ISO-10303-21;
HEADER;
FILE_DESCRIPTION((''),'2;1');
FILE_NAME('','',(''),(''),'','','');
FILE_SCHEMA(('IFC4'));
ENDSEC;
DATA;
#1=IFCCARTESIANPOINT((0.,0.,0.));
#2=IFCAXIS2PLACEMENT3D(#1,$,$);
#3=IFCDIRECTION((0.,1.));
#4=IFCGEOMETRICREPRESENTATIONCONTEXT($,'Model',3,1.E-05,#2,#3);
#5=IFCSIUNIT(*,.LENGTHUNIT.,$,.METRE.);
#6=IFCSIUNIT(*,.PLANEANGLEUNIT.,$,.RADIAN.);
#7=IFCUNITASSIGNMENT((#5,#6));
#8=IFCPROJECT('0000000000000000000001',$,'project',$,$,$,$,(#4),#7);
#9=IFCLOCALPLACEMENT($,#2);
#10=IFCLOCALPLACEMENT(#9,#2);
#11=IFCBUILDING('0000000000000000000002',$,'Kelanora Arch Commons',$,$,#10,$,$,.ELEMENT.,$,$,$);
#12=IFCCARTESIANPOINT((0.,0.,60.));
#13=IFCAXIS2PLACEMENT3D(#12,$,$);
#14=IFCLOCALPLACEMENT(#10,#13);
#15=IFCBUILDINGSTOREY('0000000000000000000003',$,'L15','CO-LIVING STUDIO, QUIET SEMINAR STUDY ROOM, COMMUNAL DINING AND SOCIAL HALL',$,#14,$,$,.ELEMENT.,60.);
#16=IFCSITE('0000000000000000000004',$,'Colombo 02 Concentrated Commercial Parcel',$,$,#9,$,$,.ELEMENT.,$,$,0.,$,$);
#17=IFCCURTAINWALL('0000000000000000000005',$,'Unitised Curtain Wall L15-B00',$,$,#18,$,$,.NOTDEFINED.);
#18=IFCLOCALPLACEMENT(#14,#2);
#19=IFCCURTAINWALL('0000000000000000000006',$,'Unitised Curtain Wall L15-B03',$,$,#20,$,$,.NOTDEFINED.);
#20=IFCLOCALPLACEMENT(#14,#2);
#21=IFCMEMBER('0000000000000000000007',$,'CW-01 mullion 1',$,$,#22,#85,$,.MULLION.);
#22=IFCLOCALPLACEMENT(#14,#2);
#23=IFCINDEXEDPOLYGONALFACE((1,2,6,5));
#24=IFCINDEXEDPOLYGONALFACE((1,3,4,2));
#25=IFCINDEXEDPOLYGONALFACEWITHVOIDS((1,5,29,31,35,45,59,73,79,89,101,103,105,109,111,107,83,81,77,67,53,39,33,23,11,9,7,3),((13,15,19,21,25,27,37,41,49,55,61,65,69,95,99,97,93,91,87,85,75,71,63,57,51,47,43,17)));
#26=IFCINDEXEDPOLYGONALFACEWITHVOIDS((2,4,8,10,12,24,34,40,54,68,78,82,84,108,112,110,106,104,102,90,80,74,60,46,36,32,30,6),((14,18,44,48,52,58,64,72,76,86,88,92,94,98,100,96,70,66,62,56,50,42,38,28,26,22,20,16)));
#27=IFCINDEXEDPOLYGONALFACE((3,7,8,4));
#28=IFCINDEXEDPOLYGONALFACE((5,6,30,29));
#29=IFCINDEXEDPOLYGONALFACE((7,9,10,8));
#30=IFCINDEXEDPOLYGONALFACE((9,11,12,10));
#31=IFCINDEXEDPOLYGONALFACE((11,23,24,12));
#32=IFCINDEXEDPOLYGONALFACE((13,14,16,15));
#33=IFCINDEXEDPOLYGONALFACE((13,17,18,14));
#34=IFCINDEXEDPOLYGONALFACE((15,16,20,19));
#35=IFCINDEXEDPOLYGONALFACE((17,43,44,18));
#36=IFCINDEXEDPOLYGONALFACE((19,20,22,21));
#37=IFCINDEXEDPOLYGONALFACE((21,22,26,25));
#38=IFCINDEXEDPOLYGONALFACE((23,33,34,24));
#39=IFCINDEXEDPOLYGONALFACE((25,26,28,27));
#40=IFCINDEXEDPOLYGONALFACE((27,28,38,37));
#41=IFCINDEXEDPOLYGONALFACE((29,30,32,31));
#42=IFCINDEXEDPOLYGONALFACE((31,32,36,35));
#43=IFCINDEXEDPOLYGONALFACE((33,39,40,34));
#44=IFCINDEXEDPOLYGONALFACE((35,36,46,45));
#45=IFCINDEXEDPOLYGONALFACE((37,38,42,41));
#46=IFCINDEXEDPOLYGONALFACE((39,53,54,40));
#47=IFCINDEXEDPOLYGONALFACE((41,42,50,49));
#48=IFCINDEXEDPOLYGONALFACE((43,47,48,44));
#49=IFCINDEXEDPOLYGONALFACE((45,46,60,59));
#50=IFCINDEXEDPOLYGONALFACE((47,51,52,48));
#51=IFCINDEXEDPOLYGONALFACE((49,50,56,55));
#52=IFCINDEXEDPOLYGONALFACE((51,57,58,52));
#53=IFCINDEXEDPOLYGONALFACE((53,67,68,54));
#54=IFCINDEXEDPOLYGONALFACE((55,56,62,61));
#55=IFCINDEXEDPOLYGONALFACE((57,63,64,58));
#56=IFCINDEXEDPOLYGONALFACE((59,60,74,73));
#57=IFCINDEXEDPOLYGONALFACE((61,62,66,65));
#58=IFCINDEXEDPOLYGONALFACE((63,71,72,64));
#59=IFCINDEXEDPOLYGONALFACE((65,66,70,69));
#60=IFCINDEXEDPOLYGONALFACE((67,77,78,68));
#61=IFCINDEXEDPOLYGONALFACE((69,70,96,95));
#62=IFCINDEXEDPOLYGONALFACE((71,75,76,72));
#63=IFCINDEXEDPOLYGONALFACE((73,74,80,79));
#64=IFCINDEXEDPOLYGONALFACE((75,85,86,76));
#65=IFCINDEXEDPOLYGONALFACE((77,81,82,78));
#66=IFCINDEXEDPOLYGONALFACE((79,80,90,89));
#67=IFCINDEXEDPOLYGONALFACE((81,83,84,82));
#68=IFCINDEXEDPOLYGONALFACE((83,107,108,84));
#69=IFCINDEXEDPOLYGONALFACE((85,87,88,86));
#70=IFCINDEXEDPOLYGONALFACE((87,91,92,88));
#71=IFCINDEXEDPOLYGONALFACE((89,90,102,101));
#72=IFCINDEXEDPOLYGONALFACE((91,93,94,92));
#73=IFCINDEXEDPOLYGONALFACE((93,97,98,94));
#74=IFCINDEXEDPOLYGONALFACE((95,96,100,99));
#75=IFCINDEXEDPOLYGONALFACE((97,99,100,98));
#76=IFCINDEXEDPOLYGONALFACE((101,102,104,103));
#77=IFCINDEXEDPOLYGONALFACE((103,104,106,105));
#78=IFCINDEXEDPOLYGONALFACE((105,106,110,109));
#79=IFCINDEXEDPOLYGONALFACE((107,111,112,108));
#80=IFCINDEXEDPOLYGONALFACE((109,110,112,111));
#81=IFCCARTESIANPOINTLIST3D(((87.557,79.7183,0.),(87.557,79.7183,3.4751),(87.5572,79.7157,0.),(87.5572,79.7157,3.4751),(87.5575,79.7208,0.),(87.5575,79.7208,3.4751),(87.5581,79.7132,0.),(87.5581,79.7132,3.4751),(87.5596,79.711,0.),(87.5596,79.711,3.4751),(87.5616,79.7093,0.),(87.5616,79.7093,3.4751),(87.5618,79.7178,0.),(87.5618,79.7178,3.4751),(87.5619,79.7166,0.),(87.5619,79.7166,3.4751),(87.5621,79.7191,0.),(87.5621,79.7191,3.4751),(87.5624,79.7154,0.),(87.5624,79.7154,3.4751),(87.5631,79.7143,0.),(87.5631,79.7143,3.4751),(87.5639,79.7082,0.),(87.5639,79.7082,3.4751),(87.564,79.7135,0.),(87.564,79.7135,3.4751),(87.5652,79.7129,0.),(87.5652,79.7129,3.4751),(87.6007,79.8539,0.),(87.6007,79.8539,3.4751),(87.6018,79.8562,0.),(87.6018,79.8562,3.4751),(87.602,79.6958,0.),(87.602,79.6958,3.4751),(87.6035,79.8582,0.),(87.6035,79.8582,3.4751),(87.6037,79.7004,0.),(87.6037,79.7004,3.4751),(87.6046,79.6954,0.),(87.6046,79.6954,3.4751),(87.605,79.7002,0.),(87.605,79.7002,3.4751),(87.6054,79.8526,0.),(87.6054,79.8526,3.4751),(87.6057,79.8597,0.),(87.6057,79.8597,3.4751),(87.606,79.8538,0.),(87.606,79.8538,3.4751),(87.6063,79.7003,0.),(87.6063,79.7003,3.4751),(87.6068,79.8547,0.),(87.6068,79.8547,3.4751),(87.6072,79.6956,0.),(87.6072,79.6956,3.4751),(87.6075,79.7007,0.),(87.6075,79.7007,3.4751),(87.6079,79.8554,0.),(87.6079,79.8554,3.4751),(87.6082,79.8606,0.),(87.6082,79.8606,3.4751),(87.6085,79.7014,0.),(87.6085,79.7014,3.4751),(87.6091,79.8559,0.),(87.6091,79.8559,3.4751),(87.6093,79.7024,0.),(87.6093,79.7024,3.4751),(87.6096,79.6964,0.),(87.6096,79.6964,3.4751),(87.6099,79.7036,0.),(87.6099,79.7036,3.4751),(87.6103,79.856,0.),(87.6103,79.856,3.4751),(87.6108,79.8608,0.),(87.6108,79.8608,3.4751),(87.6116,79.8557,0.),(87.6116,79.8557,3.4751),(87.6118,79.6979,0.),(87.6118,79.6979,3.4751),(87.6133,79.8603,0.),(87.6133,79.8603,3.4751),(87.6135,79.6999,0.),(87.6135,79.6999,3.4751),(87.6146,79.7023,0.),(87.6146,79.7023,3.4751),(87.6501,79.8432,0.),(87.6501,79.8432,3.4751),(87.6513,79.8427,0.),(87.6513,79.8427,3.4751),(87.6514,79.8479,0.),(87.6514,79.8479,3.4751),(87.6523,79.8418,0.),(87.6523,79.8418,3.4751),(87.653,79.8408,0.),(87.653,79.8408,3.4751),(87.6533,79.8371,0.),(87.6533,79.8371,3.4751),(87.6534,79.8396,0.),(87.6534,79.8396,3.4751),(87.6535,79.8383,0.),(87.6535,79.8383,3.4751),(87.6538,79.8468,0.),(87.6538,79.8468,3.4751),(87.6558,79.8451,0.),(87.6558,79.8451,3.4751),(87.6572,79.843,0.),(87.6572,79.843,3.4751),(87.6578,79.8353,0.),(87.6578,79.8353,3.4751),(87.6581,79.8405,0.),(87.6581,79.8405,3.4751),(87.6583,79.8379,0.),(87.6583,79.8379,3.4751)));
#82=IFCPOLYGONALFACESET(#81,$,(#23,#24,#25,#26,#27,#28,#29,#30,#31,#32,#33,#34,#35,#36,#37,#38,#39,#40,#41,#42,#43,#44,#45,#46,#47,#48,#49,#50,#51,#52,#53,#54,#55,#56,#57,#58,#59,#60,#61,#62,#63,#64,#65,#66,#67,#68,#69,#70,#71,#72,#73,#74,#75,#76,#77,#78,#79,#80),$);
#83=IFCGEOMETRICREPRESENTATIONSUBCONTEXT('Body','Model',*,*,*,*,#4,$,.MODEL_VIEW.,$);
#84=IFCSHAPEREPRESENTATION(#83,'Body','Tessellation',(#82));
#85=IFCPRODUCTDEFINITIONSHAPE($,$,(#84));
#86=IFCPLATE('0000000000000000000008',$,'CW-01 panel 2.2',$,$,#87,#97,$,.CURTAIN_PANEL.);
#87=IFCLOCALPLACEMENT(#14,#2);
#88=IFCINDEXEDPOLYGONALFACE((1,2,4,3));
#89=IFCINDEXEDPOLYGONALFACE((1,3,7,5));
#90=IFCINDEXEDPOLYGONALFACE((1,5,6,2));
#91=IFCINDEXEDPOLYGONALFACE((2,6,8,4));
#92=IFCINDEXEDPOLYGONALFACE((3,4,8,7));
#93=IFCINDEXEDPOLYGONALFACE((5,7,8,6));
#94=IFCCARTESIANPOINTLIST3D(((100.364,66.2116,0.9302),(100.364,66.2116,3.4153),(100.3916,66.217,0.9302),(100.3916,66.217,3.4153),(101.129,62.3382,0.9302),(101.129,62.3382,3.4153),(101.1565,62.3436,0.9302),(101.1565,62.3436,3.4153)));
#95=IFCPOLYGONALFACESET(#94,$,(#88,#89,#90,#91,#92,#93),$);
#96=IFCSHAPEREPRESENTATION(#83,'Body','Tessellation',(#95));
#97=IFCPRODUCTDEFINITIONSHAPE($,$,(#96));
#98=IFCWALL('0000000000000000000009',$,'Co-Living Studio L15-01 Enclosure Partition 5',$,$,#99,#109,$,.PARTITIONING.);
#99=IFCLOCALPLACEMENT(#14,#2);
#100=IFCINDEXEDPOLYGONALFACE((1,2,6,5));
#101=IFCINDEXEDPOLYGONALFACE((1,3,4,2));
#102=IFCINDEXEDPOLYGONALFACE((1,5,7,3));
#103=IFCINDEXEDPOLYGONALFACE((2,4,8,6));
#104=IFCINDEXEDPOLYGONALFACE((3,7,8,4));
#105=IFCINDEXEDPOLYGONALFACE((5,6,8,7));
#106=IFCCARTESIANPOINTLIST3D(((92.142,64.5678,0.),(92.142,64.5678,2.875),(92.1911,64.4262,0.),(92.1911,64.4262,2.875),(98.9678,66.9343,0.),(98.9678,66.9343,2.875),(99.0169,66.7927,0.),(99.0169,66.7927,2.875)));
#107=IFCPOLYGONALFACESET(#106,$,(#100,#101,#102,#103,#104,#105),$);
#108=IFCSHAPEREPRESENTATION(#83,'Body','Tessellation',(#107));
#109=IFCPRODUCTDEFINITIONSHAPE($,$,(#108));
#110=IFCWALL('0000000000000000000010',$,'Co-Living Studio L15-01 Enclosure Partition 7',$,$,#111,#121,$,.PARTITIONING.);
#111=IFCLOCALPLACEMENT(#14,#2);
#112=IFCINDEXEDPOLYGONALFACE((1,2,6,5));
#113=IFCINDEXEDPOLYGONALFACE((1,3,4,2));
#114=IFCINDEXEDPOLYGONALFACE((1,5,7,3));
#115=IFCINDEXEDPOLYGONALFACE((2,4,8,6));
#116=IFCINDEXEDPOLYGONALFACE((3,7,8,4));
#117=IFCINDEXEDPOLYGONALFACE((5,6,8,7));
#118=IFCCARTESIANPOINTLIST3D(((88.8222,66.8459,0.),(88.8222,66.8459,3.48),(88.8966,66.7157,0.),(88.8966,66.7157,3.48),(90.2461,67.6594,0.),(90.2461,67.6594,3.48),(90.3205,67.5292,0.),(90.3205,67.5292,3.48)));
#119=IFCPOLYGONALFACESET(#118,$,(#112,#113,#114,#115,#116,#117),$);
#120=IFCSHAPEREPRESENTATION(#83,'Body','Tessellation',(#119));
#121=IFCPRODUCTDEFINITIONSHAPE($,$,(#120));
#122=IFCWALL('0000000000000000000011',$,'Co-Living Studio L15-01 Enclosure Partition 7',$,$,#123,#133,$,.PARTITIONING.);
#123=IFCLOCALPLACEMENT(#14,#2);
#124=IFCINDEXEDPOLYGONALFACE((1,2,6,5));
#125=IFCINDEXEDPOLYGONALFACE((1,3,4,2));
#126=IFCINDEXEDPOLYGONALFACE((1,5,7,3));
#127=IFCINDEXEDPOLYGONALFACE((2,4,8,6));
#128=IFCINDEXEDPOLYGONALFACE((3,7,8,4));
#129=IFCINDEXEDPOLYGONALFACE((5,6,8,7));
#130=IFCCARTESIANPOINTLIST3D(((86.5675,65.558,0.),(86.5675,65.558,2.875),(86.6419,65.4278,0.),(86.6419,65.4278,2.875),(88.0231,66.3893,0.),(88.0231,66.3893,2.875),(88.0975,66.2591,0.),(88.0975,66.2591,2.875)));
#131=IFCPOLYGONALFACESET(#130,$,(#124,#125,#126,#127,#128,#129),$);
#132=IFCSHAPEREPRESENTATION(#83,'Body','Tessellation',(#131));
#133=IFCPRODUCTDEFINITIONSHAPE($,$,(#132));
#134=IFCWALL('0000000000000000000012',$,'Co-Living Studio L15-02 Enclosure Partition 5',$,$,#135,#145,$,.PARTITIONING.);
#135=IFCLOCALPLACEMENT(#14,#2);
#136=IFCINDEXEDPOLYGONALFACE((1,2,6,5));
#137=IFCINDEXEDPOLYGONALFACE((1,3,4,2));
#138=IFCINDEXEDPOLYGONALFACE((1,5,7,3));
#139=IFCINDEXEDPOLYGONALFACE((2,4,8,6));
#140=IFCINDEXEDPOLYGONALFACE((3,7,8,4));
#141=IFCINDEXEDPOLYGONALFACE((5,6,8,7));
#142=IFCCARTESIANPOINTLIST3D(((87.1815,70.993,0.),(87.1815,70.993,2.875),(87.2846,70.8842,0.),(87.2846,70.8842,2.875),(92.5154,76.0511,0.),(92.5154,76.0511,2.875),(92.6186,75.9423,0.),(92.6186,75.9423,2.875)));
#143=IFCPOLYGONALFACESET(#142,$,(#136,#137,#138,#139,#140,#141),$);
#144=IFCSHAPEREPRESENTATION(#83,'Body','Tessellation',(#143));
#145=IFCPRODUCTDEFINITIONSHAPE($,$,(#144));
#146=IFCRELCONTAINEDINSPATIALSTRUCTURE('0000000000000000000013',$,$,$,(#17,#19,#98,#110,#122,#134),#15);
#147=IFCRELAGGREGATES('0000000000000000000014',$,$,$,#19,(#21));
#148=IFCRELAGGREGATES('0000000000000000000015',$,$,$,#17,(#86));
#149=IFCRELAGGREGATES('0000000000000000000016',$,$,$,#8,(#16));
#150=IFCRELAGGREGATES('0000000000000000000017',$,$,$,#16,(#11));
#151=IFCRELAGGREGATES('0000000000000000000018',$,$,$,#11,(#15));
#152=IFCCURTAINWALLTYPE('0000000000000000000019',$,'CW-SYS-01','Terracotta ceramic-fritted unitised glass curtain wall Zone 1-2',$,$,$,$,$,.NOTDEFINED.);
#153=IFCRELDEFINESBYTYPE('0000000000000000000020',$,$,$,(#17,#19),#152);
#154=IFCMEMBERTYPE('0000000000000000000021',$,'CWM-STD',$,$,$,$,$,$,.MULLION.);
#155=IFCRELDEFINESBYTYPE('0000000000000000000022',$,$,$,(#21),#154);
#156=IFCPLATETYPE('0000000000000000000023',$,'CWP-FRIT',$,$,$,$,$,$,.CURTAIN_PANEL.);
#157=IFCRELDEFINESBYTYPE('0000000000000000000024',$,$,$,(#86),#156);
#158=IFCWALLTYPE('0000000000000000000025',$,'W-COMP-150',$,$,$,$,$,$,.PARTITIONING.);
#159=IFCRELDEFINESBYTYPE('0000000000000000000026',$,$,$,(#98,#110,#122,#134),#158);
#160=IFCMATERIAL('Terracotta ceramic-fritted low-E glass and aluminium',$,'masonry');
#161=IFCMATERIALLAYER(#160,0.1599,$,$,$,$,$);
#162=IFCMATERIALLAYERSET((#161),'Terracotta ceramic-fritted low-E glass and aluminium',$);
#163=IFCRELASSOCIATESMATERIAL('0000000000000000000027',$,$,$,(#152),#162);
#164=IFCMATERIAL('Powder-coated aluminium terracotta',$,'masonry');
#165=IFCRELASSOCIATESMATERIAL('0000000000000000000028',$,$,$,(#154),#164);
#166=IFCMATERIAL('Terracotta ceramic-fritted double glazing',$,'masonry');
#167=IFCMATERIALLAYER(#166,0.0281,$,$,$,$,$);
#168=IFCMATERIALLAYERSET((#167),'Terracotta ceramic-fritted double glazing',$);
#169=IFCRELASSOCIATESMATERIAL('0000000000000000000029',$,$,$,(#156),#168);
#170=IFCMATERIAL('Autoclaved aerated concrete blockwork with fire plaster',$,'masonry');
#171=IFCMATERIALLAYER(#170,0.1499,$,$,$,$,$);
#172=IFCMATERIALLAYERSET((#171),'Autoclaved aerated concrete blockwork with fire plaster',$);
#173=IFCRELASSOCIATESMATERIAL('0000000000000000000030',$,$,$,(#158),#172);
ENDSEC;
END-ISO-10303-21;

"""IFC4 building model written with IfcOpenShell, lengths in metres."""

from ifc_helpers import new_model, si_unit, direction, frame, frame_2d, origin, origin_2d, place, context, subcontext, project, spatial, rectangle, hollow_rectangle, extrude, source, transform, mapped, material, layer, layer_set, material_profile, profile_set, type_object, element, aggregate, save


model = new_model("IFC4")

# Units and contexts
model_context = context("Model", 3, precision=1e-05, world=origin(), true_north=direction((0.0, 1.0)))
body_context = subcontext(model_context, "Body", "Model", "MODEL_VIEW")
ifc_project = project(units=[si_unit("LENGTHUNIT", "METRE"), si_unit("PLANEANGLEUNIT", "RADIAN")], contexts=[model_context])

# Site, building, storey
site_placement = place(None, origin())
site = spatial("IfcSite", under=ifc_project, at=site_placement, Name="Colombo 02 Concentrated Commercial Parcel", CompositionType="ELEMENT", RefElevation=0.0)
building_placement = place(site_placement, origin())
building = spatial("IfcBuilding", under=site, at=building_placement, Name="Kelanora Arch Commons", CompositionType="ELEMENT")
storey_placement = place(building_placement, frame((0.0, 0.0, 60.0)))
storey = spatial("IfcBuildingStorey", under=building, at=storey_placement, Name="L15", Description="CO-LIVING STUDIO, QUIET SEMINAR STUDY ROOM, COMMUNAL DINING AND SOCIAL HALL", CompositionType="ELEMENT", Elevation=60.0)

# Curtain walls, member
ifc_material_1 = material(Name="Terracotta ceramic-fritted low-E glass and aluminium", Category="masonry")
ifc_layer_1 = layer(ifc_material_1, 0.1599)
ifc_layer_set_1 = layer_set([ifc_layer_1], Name="Terracotta ceramic-fritted low-E glass and aluminium")
curtain_wall_type = type_object("IfcCurtainWallType", Name="CW-SYS-01", Description="Terracotta ceramic-fritted unitised glass curtain wall Zone 1-2", PredefinedType="NOTDEFINED", material=ifc_layer_set_1)
curtain_wall_1_placement = place(storey_placement, origin())
curtain_wall_1 = element("IfcCurtainWall", 1, at=curtain_wall_1_placement, inside=storey, type_object=curtain_wall_type, Name="Unitised Curtain Wall L15-B00", PredefinedType="NOTDEFINED")
ifc_material_2 = material(Name="Powder-coated aluminium terracotta", Category="masonry")
ifc_material_profile_1 = material_profile(ifc_material_2, hollow_rectangle(XDim=0.1599, YDim=0.0601, WallThickness=0.0049, InnerFilletRadius=0.0049, OuterFilletRadius=0.01, at=origin_2d()), Name="CWM160x60")
ifc_profile_set_1 = profile_set([ifc_material_profile_1], Name="Powder-coated aluminium terracotta")
member_type = type_object("IfcMemberType", Name="CWM-STD", PredefinedType="MULLION", material=ifc_profile_set_1)
curtain_wall_2_placement = place(storey_placement, origin())
curtain_wall_2 = element("IfcCurtainWall", 2, at=curtain_wall_2_placement, inside=storey, type_object=curtain_wall_type, Name="Unitised Curtain Wall L15-B03", PredefinedType="NOTDEFINED")
member_1_placement = place(storey_placement, frame((87.6077, 79.7781, 0.0), z_axis=(0.0, 0.0, 1.0), x_axis=(-0.309058, -0.951043, 0.0)))
member_1 = element("IfcMember", 3, at=member_1_placement, type_object=member_type, Name="CW-01 mullion 1", PredefinedType="MULLION", context=body_context, shape_type="SweptSolid", body=[
    extrude(hollow_rectangle(XDim=0.1599, YDim=0.0601, WallThickness=0.0049, InnerFilletRadius=0.0049, OuterFilletRadius=0.01, at=origin_2d()), origin(), (0.0, 0.0, 1.0), 3.4751),
])
aggregate(curtain_wall_2, [member_1])

# Plate
ifc_material_3 = material(Name="Terracotta ceramic-fritted double glazing", Category="masonry")
ifc_layer_2 = layer(ifc_material_3, 0.0281)
ifc_layer_set_2 = layer_set([ifc_layer_2], Name="Terracotta ceramic-fritted double glazing")
plate_type = type_object("IfcPlateType", Name="CWP-FRIT", PredefinedType="CURTAIN_PANEL", material=ifc_layer_set_2)
shared_shape_1 = source(origin(), body_context, "Body", "SweptSolid", [
    extrude(rectangle(XDim=3.9482, YDim=0.0281, at=origin_2d()), origin(), (0.0, 0.0, 1.0), 2.4851),
])
plate_placement = place(storey_placement, frame((100.7603, 64.2776, 0.9302), z_axis=(0.0, 0.0, 1.0), x_axis=(-0.193744, 0.981052, 0.0)))
plate = element("IfcPlate", 4, at=plate_placement, type_object=plate_type, Name="CW-01 panel 2.2", PredefinedType="CURTAIN_PANEL", context=body_context, shape_type="MappedRepresentation", body=[
    mapped(shared_shape_1, transform((0.0, 0.0, 0.0), scale=1.0)),
])
aggregate(curtain_wall_1, [plate])

# Walls
ifc_material_4 = material(Name="Autoclaved aerated concrete blockwork with fire plaster", Category="masonry")
ifc_layer_3 = layer(ifc_material_4, 0.1499)
ifc_layer_set_3 = layer_set([ifc_layer_3], Name="Autoclaved aerated concrete blockwork with fire plaster")
wall_type_1 = type_object("IfcWallType", Name="W-COMP-150", PredefinedType="PARTITIONING", material=ifc_layer_set_3)
wall_1_placement = place(storey_placement, frame((98.9924, 66.8635, 0.0), z_axis=(0.0, 0.0, 1.0), x_axis=(-0.944827, -0.32757, 0.0)))
element("IfcWall", 5, at=wall_1_placement, inside=storey, type_object=wall_type_1, Name="Co-Living Studio L15-01 Enclosure Partition 5", PredefinedType="PARTITIONING", context=body_context, shape_type="SweptSolid", body=[
    extrude(rectangle(XDim=7.2244, YDim=0.1499, at=frame_2d((3.6123, 0.0))), origin(), (0.0, 0.0, 1.0), 2.875),
])
wall_2_placement = place(storey_placement, frame((90.2832, 67.5942, 0.0), z_axis=(0.0, 0.0, 1.0), x_axis=(-0.86828, -0.496075, 0.0)))
element("IfcWall", 6, at=wall_2_placement, inside=storey, type_object=wall_type_1, Name="Co-Living Studio L15-01 Enclosure Partition 7", PredefinedType="PARTITIONING", context=body_context, shape_type="SweptSolid", body=[
    extrude(rectangle(XDim=1.6399, YDim=0.1499, at=frame_2d((0.8198, 0.0))), origin(), (0.0, 0.0, 1.0), 3.48),
])
wall_3_placement = place(storey_placement, frame((88.0603, 66.3242, 0.0), z_axis=(0.0, 0.0, 1.0), x_axis=(-0.86836, -0.495935, 0.0)))
element("IfcWall", 7, at=wall_3_placement, inside=storey, type_object=wall_type_1, Name="Co-Living Studio L15-01 Enclosure Partition 7", PredefinedType="PARTITIONING", context=body_context, shape_type="SweptSolid", body=[
    extrude(rectangle(XDim=1.6763, YDim=0.1499, at=frame_2d((0.8381, 0.0))), origin(), (0.0, 0.0, 1.0), 2.875),
])
wall_4_placement = place(storey_placement, frame((92.5669, 75.9966, 0.0), z_axis=(0.0, 0.0, 1.0), x_axis=(-0.725623, -0.688093, 0.0)))
element("IfcWall", 8, at=wall_4_placement, inside=storey, type_object=wall_type_1, Name="Co-Living Studio L15-02 Enclosure Partition 5", PredefinedType="PARTITIONING", context=body_context, shape_type="SweptSolid", body=[
    extrude(rectangle(XDim=7.3508, YDim=0.1499, at=frame_2d((3.6753, 0.0))), origin(), (0.0, 0.0, 1.0), 2.875),
])

save(model, "model.ifc")
